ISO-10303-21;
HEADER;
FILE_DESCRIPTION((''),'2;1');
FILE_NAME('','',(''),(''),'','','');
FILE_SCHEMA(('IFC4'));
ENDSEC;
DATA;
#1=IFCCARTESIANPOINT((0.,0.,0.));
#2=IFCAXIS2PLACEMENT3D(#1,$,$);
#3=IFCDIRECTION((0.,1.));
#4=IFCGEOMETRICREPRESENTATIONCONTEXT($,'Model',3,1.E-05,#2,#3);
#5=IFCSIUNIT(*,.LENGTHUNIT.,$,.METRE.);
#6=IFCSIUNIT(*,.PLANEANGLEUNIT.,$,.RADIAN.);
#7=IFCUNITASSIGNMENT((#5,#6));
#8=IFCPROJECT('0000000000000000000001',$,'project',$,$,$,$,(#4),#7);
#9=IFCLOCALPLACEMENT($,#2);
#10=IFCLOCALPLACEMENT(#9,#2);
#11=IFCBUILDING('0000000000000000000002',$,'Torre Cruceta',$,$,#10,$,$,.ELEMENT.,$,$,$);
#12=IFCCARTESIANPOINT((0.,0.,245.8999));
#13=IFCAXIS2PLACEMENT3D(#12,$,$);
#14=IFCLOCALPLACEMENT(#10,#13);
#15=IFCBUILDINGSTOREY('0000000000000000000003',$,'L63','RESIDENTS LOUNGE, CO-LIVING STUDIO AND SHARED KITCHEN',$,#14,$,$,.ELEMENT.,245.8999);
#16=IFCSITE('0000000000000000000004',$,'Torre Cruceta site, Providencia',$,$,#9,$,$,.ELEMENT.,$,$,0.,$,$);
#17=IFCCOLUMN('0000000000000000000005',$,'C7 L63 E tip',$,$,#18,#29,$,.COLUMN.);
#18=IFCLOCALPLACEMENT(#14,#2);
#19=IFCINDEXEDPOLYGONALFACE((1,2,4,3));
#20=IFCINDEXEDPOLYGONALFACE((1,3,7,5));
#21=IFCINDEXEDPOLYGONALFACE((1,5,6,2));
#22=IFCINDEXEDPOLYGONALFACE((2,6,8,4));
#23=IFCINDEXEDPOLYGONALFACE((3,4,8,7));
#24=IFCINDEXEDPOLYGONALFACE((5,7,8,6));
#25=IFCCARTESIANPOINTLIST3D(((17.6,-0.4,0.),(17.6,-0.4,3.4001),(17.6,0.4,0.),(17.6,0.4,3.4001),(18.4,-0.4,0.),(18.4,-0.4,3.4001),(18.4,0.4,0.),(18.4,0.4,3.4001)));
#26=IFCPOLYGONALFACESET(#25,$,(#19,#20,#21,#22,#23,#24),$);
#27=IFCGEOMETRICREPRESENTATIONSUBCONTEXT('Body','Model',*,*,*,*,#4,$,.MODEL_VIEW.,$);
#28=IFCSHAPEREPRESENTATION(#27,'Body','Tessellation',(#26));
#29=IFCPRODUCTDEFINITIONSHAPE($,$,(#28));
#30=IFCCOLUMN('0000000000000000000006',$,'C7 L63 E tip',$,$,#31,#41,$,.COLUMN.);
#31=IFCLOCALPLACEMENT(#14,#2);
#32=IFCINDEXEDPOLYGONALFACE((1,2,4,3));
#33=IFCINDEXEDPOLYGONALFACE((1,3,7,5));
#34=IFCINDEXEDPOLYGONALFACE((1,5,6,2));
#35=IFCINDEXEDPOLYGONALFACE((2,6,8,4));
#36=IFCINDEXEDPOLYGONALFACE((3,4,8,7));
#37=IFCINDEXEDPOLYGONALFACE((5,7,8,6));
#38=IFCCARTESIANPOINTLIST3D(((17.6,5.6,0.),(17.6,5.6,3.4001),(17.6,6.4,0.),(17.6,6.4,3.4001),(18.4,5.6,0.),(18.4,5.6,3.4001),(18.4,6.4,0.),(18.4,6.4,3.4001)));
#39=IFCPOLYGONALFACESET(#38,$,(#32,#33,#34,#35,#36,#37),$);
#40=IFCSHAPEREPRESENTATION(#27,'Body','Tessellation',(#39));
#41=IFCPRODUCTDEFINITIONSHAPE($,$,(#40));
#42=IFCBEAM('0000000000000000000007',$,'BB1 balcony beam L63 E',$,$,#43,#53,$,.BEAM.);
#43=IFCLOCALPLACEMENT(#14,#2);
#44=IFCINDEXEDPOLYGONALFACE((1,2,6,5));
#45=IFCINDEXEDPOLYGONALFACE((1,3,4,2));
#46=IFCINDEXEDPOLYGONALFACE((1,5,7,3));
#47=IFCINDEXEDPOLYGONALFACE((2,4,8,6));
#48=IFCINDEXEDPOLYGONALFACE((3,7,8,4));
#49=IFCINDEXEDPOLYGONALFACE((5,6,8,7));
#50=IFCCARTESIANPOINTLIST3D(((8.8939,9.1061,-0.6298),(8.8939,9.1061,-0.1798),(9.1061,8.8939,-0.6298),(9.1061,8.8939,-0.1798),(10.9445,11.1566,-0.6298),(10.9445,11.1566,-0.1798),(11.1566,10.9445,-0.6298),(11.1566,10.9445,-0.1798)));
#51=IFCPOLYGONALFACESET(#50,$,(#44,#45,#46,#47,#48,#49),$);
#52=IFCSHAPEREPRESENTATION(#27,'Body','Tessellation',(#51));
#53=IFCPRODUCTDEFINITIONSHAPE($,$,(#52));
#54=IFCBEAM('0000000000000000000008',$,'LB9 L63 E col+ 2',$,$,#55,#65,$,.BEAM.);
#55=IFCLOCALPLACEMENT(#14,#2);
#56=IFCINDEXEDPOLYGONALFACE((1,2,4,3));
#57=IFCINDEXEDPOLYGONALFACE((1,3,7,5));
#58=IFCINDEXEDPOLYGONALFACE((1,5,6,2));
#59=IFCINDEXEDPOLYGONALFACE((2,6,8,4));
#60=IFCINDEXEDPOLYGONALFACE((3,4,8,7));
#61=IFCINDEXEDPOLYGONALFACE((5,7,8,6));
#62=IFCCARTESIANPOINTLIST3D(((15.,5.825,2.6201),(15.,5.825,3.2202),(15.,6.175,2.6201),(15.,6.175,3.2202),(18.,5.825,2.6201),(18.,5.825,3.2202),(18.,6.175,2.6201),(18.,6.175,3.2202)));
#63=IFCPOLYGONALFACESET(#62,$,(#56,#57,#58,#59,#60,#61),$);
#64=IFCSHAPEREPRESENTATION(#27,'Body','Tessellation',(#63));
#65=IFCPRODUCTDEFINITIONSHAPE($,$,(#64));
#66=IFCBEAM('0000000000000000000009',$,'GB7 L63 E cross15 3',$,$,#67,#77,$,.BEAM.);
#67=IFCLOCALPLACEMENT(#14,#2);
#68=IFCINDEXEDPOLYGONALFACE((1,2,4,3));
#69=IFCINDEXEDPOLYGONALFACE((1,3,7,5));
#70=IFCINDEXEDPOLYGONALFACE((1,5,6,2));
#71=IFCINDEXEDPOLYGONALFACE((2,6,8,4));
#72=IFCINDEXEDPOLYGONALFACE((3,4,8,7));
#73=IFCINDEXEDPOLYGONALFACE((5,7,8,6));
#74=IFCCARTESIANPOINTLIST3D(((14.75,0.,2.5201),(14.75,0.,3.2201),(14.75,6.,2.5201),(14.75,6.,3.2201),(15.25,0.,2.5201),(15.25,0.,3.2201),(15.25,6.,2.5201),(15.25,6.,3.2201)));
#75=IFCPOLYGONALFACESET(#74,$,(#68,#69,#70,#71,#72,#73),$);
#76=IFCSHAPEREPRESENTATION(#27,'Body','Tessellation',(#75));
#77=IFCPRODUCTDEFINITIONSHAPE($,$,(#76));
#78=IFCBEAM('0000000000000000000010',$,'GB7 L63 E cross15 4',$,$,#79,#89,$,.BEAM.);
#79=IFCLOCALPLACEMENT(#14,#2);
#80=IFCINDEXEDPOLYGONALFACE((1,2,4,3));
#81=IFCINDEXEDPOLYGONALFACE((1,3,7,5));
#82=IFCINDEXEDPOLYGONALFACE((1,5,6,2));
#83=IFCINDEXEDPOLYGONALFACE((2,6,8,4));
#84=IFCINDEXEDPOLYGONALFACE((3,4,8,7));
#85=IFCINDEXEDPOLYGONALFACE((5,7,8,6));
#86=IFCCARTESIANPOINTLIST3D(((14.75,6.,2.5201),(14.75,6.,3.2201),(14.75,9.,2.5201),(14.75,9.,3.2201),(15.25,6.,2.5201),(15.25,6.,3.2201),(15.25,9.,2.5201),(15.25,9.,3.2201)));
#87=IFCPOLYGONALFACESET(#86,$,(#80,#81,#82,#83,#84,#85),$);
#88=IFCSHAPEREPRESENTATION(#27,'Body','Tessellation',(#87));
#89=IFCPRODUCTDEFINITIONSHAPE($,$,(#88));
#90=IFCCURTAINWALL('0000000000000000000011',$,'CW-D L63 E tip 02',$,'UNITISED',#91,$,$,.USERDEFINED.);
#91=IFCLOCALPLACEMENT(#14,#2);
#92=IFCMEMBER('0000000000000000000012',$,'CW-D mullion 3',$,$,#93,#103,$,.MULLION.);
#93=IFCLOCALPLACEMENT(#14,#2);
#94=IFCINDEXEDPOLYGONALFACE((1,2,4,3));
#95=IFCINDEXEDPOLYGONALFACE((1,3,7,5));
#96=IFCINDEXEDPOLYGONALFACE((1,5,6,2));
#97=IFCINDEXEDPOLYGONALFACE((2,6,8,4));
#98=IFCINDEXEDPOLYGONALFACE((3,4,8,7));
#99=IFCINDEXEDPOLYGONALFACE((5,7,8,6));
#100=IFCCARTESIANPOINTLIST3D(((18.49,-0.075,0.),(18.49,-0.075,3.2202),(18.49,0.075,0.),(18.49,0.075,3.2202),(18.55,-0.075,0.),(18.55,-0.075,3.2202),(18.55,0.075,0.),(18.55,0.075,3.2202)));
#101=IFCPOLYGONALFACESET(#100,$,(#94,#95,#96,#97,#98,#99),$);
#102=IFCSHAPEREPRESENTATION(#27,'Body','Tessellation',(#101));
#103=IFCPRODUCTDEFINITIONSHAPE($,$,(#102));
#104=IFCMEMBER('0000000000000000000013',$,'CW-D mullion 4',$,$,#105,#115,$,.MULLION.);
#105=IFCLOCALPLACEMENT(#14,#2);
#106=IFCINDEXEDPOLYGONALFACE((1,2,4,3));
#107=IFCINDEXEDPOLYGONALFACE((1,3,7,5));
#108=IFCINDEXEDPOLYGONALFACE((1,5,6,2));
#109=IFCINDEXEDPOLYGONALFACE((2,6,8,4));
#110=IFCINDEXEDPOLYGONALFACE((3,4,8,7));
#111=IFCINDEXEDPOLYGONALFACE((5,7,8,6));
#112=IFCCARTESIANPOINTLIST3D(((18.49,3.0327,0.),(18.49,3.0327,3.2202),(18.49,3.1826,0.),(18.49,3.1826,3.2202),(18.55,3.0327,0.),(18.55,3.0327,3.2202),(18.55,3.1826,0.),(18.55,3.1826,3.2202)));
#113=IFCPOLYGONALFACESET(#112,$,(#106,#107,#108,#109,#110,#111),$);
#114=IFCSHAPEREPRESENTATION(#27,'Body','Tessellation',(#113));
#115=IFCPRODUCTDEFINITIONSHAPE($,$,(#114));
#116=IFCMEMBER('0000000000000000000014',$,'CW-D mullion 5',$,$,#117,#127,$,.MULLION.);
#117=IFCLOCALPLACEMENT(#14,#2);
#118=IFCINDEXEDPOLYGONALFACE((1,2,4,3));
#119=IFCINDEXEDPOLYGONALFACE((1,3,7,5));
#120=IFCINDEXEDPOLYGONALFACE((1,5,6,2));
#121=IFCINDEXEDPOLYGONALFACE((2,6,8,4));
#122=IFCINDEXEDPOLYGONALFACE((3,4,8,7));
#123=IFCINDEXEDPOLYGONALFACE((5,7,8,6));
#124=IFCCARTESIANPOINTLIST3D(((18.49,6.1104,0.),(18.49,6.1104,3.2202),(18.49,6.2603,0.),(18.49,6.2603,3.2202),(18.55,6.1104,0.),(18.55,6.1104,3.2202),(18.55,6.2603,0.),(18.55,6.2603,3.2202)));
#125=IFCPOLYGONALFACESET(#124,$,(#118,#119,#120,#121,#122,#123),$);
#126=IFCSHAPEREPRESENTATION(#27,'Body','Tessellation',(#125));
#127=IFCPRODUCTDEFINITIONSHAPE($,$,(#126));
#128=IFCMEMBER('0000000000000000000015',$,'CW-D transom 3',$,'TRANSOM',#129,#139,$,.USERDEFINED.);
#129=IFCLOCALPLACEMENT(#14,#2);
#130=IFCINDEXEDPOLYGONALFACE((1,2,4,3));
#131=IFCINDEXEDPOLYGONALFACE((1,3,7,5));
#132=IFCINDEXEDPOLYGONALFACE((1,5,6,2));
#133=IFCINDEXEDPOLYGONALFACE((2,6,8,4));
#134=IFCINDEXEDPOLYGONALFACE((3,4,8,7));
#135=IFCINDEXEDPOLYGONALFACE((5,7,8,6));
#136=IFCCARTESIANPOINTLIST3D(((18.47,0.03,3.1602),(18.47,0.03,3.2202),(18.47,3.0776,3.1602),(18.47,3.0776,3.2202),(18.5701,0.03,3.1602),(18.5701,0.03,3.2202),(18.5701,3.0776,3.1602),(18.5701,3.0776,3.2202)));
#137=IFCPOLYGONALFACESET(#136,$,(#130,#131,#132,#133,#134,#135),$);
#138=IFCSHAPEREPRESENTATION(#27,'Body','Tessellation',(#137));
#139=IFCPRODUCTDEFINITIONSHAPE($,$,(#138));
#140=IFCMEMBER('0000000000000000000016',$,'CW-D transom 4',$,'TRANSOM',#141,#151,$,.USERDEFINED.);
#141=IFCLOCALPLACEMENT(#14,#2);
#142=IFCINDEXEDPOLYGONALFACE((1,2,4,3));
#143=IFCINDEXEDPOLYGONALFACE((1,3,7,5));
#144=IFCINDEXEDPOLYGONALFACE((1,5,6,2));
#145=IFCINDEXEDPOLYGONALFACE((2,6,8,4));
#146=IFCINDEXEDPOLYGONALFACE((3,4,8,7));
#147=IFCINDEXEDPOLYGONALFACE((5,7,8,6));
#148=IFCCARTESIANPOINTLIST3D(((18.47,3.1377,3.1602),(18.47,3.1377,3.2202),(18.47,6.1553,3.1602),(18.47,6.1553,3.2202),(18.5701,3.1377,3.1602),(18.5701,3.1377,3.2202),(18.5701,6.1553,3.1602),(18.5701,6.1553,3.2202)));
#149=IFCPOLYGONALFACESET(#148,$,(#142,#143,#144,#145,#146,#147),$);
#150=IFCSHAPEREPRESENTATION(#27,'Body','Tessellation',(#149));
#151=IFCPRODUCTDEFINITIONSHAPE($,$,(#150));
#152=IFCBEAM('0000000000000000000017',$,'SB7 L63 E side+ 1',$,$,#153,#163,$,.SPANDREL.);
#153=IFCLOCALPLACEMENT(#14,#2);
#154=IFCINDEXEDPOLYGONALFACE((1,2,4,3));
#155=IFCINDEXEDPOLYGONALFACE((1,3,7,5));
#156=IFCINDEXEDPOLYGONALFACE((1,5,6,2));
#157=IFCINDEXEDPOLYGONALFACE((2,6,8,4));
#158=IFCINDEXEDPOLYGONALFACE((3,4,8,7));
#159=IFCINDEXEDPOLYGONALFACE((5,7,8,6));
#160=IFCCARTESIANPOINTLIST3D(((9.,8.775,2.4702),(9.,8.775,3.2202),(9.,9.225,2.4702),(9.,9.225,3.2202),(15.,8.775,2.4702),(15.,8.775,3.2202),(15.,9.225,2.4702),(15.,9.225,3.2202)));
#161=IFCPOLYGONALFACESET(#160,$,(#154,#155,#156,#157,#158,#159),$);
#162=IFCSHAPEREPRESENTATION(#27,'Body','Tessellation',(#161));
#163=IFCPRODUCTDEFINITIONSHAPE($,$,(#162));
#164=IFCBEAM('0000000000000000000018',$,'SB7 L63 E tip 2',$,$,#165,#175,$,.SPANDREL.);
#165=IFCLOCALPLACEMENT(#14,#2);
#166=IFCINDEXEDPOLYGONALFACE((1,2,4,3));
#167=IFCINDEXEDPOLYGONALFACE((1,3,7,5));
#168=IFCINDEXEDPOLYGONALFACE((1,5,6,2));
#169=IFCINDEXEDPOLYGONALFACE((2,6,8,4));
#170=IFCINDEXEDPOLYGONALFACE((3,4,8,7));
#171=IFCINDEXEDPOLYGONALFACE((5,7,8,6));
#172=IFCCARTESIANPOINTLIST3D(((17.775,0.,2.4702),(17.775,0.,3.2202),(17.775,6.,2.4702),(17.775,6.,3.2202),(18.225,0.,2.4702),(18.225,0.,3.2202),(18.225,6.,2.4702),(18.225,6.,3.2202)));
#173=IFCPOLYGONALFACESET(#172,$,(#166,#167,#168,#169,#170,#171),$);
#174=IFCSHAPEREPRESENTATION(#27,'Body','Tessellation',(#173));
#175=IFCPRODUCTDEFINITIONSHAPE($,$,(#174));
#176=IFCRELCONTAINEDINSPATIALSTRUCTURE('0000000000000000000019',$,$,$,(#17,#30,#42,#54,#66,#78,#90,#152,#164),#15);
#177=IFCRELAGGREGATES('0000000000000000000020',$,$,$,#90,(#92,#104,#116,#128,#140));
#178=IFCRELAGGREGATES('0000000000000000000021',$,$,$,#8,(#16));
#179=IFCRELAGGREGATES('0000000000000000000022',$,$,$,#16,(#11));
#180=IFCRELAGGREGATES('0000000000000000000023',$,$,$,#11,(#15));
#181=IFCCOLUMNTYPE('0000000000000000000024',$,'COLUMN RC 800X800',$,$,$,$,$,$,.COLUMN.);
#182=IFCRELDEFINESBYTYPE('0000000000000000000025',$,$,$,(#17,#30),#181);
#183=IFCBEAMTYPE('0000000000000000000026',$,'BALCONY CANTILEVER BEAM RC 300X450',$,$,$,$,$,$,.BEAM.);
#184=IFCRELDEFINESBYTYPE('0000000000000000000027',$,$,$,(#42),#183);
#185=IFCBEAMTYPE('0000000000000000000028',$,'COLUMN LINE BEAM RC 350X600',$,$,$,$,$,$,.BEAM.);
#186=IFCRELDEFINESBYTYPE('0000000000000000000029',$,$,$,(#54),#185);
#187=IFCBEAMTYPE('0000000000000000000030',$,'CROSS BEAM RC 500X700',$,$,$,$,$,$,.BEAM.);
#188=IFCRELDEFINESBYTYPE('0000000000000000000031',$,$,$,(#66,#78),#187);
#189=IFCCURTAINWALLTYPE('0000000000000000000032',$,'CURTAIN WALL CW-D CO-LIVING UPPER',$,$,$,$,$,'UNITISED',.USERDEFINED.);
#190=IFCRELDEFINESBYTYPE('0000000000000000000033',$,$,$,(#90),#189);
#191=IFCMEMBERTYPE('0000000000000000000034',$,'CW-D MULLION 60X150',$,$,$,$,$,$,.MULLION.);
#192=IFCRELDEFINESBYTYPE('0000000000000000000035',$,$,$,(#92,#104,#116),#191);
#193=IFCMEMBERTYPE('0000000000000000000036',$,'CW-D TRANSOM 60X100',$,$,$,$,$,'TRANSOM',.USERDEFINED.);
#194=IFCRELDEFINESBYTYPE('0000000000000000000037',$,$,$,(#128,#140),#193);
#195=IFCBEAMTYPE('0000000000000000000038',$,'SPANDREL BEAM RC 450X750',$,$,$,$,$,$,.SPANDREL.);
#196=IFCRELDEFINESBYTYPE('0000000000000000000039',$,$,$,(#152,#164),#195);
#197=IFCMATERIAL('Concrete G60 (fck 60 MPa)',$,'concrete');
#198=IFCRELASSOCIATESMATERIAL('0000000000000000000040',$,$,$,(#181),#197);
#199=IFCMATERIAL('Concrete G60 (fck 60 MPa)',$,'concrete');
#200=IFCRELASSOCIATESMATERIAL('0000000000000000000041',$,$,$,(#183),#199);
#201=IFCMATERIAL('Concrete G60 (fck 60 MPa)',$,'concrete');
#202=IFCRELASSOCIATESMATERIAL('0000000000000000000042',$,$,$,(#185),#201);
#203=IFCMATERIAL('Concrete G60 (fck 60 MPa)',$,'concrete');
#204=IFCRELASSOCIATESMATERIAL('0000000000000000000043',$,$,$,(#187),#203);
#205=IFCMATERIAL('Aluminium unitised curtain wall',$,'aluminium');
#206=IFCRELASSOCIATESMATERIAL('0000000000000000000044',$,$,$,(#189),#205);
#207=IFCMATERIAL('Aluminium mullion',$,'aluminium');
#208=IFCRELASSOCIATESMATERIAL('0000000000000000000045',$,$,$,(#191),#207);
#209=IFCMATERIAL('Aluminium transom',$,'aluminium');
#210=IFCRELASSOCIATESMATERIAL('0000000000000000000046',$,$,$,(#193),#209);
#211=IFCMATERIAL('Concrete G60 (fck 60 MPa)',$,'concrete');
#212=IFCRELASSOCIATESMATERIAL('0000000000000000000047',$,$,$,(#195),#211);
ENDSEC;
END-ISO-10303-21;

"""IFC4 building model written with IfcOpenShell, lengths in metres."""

from ifc_helpers import new_model, si_unit, direction, frame, origin, origin_2d, place, context, subcontext, project, spatial, rectangle, extrude, material, material_profile, profile_set, type_object, element, aggregate, save


model = new_model("IFC4")

# Units and contexts
model_context = context("Model", 3, precision=1e-05, world=origin(), true_north=direction((0.0, 1.0)))
body_context = subcontext(model_context, "Body", "Model", "MODEL_VIEW")
ifc_project = project(units=[si_unit("LENGTHUNIT", "METRE"), si_unit("PLANEANGLEUNIT", "RADIAN")], contexts=[model_context])

# Site, building, storey
site_placement = place(None, origin())
site = spatial("IfcSite", under=ifc_project, at=site_placement, Name="Torre Cruceta site, Providencia", CompositionType="ELEMENT", RefElevation=0.0)
building_placement = place(site_placement, origin())
building = spatial("IfcBuilding", under=site, at=building_placement, Name="Torre Cruceta", CompositionType="ELEMENT")
storey_placement = place(building_placement, frame((0.0, 0.0, 245.8999)))
storey = spatial("IfcBuildingStorey", under=building, at=storey_placement, Name="L63", Description="RESIDENTS LOUNGE, CO-LIVING STUDIO AND SHARED KITCHEN", CompositionType="ELEMENT", Elevation=245.8999)

# Columns
ifc_material_1 = material(Name="Concrete G60 (fck 60 MPa)", Category="concrete")
ifc_material_profile_1 = material_profile(ifc_material_1, rectangle(XDim=0.8, YDim=0.8, at=origin_2d()), Name="RC 800X800")
ifc_profile_set_1 = profile_set([ifc_material_profile_1], Name="Concrete G60 (fck 60 MPa)")
column_type = type_object("IfcColumnType", Name="COLUMN RC 800X800", PredefinedType="COLUMN", material=ifc_profile_set_1)
for number, where, z_axis, x_axis, name in (
    (1, (18.0, 0.0, 0.0), (0.0, 0.0, 1.0), (1.0, 0.0, 0.0), "C7 L63 E tip"),
    (2, (18.0, 6.0, 0.0), (0.0, 0.0, 1.0), (1.0, 0.0, 0.0), "C7 L63 E tip"),
):
    element("IfcColumn", number, at=place(storey_placement, frame(where, z_axis=z_axis, x_axis=x_axis)), inside=storey, type_object=column_type, Name=name, PredefinedType="COLUMN", context=body_context, shape_type="SweptSolid", body=[
        extrude(rectangle(XDim=0.8, YDim=0.8, at=origin_2d()), origin(), (0.0, 0.0, 1.0), 3.4001),
    ])

# Beams
ifc_material_2 = material(Name="Concrete G60 (fck 60 MPa)", Category="concrete")
ifc_material_profile_2 = material_profile(ifc_material_2, rectangle(XDim=0.3, YDim=0.45, at=origin_2d()), Name="RC 300X450")
ifc_profile_set_2 = profile_set([ifc_material_profile_2], Name="Concrete G60 (fck 60 MPa)")
beam_type_1 = type_object("IfcBeamType", Name="BALCONY CANTILEVER BEAM RC 300X450", PredefinedType="BEAM", material=ifc_profile_set_2)
beam_1_placement = place(storey_placement, frame((9.0, 9.0, -0.4048), z_axis=(0.707107, 0.707107, 0.0), x_axis=(-0.707107, 0.707107, 0.0)))
element("IfcBeam", 3, at=beam_1_placement, inside=storey, type_object=beam_type_1, Name="BB1 balcony beam L63 E", PredefinedType="BEAM", context=body_context, shape_type="SweptSolid", body=[
    extrude(rectangle(XDim=0.3, YDim=0.45, at=origin_2d()), origin(), (0.0, 0.0, 1.0), 2.8999),
])
ifc_material_3 = material(Name="Concrete G60 (fck 60 MPa)", Category="concrete")
ifc_material_profile_3 = material_profile(ifc_material_3, rectangle(XDim=0.3501, YDim=0.6001, at=origin_2d()), Name="RC 350X600")
ifc_profile_set_3 = profile_set([ifc_material_profile_3], Name="Concrete G60 (fck 60 MPa)")
beam_type_2 = type_object("IfcBeamType", Name="COLUMN LINE BEAM RC 350X600", PredefinedType="BEAM", material=ifc_profile_set_3)
beam_2_placement = place(storey_placement, frame((15.0, 6.0, 2.9202), z_axis=(1.0, 0.0, 0.0), x_axis=(0.0, 1.0, 0.0)))
element("IfcBeam", 4, at=beam_2_placement, inside=storey, type_object=beam_type_2, Name="LB9 L63 E col+ 2", PredefinedType="BEAM", context=body_context, shape_type="SweptSolid", body=[
    extrude(rectangle(XDim=0.3501, YDim=0.6001, at=origin_2d()), origin(), (0.0, 0.0, 1.0), 3.0),
])
ifc_material_4 = material(Name="Concrete G60 (fck 60 MPa)", Category="concrete")
ifc_material_profile_4 = material_profile(ifc_material_4, rectangle(XDim=0.5, YDim=0.7, at=origin_2d()), Name="RC 500X700")
ifc_profile_set_4 = profile_set([ifc_material_profile_4], Name="Concrete G60 (fck 60 MPa)")
beam_type_3 = type_object("IfcBeamType", Name="CROSS BEAM RC 500X700", PredefinedType="BEAM", material=ifc_profile_set_4)
beam_3_placement = place(storey_placement, frame((15.0, 0.0, 2.8701), z_axis=(0.0, 1.0, 0.0), x_axis=(-1.0, 0.0, 0.0)))
element("IfcBeam", 5, at=beam_3_placement, inside=storey, type_object=beam_type_3, Name="GB7 L63 E cross15 3", PredefinedType="BEAM", context=body_context, shape_type="SweptSolid", body=[
    extrude(rectangle(XDim=0.5, YDim=0.7, at=origin_2d()), origin(), (0.0, 0.0, 1.0), 6.0),
])
beam_4_placement = place(storey_placement, frame((15.0, 6.0, 2.8701), z_axis=(0.0, 1.0, 0.0), x_axis=(-1.0, 0.0, 0.0)))
element("IfcBeam", 6, at=beam_4_placement, inside=storey, type_object=beam_type_3, Name="GB7 L63 E cross15 4", PredefinedType="BEAM", context=body_context, shape_type="SweptSolid", body=[
    extrude(rectangle(XDim=0.5, YDim=0.7, at=origin_2d()), origin(), (0.0, 0.0, 1.0), 3.0),
])

# Curtain wall, members
ifc_material_5 = material(Name="Aluminium unitised curtain wall", Category="aluminium")
curtain_wall_type = type_object("IfcCurtainWallType", Name="CURTAIN WALL CW-D CO-LIVING UPPER", ElementType="UNITISED", PredefinedType="USERDEFINED", material=ifc_material_5)
curtain_wall_placement = place(storey_placement, origin())
curtain_wall = element("IfcCurtainWall", 7, at=curtain_wall_placement, inside=storey, type_object=curtain_wall_type, Name="CW-D L63 E tip 02", ObjectType="UNITISED", PredefinedType="USERDEFINED")
ifc_material_6 = material(Name="Aluminium mullion", Category="aluminium")
ifc_material_profile_5 = material_profile(ifc_material_6, rectangle(XDim=0.0601, YDim=0.1499, at=origin_2d()), Name="AL 60X150")
ifc_profile_set_5 = profile_set([ifc_material_profile_5], Name="Aluminium mullion")
member_type_1 = type_object("IfcMemberType", Name="CW-D MULLION 60X150", PredefinedType="MULLION", material=ifc_profile_set_5)
member_1_placement = place(storey_placement, frame((18.52, 0.0, 0.0), z_axis=(0.0, 0.0, 1.0), x_axis=(-1.0, 0.0, 0.0)))
member_1 = element("IfcMember", 8, at=member_1_placement, type_object=member_type_1, Name="CW-D mullion 3", PredefinedType="MULLION", context=body_context, shape_type="SweptSolid", body=[
    extrude(rectangle(XDim=0.0601, YDim=0.1499, at=origin_2d()), origin(), (0.0, 0.0, 1.0), 3.2202),
])
member_2_placement = place(storey_placement, frame((18.52, 3.1077, 0.0), z_axis=(0.0, 0.0, 1.0), x_axis=(-1.0, 0.0, 0.0)))
member_2 = element("IfcMember", 9, at=member_2_placement, type_object=member_type_1, Name="CW-D mullion 4", PredefinedType="MULLION", context=body_context, shape_type="SweptSolid", body=[
    extrude(rectangle(XDim=0.0601, YDim=0.1499, at=origin_2d()), origin(), (0.0, 0.0, 1.0), 3.2202),
])
member_3_placement = place(storey_placement, frame((18.52, 6.1853, 0.0), z_axis=(0.0, 0.0, 1.0), x_axis=(-1.0, 0.0, 0.0)))
member_3 = element("IfcMember", 10, at=member_3_placement, type_object=member_type_1, Name="CW-D mullion 5", PredefinedType="MULLION", context=body_context, shape_type="SweptSolid", body=[
    extrude(rectangle(XDim=0.0601, YDim=0.1499, at=origin_2d()), origin(), (0.0, 0.0, 1.0), 3.2202),
])
ifc_material_7 = material(Name="Aluminium transom", Category="aluminium")
ifc_material_profile_6 = material_profile(ifc_material_7, rectangle(XDim=0.1001, YDim=0.0601, at=origin_2d()), Name="AL 100X60")
ifc_profile_set_6 = profile_set([ifc_material_profile_6], Name="Aluminium transom")
member_type_2 = type_object("IfcMemberType", Name="CW-D TRANSOM 60X100", ElementType="TRANSOM", PredefinedType="USERDEFINED", material=ifc_profile_set_6)
member_4_placement = place(storey_placement, frame((18.52, 0.03, 3.1902), z_axis=(0.0, 1.0, 0.0), x_axis=(-1.0, 0.0, 0.0)))
member_4 = element("IfcMember", 11, at=member_4_placement, type_object=member_type_2, Name="CW-D transom 3", ObjectType="TRANSOM", PredefinedType="USERDEFINED", context=body_context, shape_type="SweptSolid", body=[
    extrude(rectangle(XDim=0.1001, YDim=0.0601, at=origin_2d()), origin(), (0.0, 0.0, 1.0), 3.0476),
])
member_5_placement = place(storey_placement, frame((18.52, 3.1377, 3.1902), z_axis=(0.0, 1.0, 0.0), x_axis=(-1.0, 0.0, 0.0)))
member_5 = element("IfcMember", 12, at=member_5_placement, type_object=member_type_2, Name="CW-D transom 4", ObjectType="TRANSOM", PredefinedType="USERDEFINED", context=body_context, shape_type="SweptSolid", body=[
    extrude(rectangle(XDim=0.1001, YDim=0.0601, at=origin_2d()), origin(), (0.0, 0.0, 1.0), 3.0176),
])

# Beams
ifc_material_8 = material(Name="Concrete G60 (fck 60 MPa)", Category="concrete")
ifc_material_profile_7 = material_profile(ifc_material_8, rectangle(XDim=0.45, YDim=0.75, at=origin_2d()), Name="RC 450X750")
ifc_profile_set_7 = profile_set([ifc_material_profile_7], Name="Concrete G60 (fck 60 MPa)")
beam_type_4 = type_object("IfcBeamType", Name="SPANDREL BEAM RC 450X750", PredefinedType="SPANDREL", material=ifc_profile_set_7)
for number, where, z_axis, x_axis, name in (
    (13, (9.0, 9.0, 2.8452), (1.0, 0.0, 0.0), (0.0, 1.0, 0.0), "SB7 L63 E side+ 1"),
    (14, (18.0, 0.0, 2.8452), (0.0, 1.0, 0.0), (-1.0, 0.0, 0.0), "SB7 L63 E tip 2"),
):
    element("IfcBeam", number, at=place(storey_placement, frame(where, z_axis=z_axis, x_axis=x_axis)), inside=storey, type_object=beam_type_4, Name=name, PredefinedType="SPANDREL", context=body_context, shape_type="SweptSolid", body=[
        extrude(rectangle(XDim=0.45, YDim=0.75, at=origin_2d()), origin(), (0.0, 0.0, 1.0), 6.0),
    ])

aggregate(curtain_wall, [member_1, member_2, member_3, member_4, member_5])

save(model, "model.ifc")
